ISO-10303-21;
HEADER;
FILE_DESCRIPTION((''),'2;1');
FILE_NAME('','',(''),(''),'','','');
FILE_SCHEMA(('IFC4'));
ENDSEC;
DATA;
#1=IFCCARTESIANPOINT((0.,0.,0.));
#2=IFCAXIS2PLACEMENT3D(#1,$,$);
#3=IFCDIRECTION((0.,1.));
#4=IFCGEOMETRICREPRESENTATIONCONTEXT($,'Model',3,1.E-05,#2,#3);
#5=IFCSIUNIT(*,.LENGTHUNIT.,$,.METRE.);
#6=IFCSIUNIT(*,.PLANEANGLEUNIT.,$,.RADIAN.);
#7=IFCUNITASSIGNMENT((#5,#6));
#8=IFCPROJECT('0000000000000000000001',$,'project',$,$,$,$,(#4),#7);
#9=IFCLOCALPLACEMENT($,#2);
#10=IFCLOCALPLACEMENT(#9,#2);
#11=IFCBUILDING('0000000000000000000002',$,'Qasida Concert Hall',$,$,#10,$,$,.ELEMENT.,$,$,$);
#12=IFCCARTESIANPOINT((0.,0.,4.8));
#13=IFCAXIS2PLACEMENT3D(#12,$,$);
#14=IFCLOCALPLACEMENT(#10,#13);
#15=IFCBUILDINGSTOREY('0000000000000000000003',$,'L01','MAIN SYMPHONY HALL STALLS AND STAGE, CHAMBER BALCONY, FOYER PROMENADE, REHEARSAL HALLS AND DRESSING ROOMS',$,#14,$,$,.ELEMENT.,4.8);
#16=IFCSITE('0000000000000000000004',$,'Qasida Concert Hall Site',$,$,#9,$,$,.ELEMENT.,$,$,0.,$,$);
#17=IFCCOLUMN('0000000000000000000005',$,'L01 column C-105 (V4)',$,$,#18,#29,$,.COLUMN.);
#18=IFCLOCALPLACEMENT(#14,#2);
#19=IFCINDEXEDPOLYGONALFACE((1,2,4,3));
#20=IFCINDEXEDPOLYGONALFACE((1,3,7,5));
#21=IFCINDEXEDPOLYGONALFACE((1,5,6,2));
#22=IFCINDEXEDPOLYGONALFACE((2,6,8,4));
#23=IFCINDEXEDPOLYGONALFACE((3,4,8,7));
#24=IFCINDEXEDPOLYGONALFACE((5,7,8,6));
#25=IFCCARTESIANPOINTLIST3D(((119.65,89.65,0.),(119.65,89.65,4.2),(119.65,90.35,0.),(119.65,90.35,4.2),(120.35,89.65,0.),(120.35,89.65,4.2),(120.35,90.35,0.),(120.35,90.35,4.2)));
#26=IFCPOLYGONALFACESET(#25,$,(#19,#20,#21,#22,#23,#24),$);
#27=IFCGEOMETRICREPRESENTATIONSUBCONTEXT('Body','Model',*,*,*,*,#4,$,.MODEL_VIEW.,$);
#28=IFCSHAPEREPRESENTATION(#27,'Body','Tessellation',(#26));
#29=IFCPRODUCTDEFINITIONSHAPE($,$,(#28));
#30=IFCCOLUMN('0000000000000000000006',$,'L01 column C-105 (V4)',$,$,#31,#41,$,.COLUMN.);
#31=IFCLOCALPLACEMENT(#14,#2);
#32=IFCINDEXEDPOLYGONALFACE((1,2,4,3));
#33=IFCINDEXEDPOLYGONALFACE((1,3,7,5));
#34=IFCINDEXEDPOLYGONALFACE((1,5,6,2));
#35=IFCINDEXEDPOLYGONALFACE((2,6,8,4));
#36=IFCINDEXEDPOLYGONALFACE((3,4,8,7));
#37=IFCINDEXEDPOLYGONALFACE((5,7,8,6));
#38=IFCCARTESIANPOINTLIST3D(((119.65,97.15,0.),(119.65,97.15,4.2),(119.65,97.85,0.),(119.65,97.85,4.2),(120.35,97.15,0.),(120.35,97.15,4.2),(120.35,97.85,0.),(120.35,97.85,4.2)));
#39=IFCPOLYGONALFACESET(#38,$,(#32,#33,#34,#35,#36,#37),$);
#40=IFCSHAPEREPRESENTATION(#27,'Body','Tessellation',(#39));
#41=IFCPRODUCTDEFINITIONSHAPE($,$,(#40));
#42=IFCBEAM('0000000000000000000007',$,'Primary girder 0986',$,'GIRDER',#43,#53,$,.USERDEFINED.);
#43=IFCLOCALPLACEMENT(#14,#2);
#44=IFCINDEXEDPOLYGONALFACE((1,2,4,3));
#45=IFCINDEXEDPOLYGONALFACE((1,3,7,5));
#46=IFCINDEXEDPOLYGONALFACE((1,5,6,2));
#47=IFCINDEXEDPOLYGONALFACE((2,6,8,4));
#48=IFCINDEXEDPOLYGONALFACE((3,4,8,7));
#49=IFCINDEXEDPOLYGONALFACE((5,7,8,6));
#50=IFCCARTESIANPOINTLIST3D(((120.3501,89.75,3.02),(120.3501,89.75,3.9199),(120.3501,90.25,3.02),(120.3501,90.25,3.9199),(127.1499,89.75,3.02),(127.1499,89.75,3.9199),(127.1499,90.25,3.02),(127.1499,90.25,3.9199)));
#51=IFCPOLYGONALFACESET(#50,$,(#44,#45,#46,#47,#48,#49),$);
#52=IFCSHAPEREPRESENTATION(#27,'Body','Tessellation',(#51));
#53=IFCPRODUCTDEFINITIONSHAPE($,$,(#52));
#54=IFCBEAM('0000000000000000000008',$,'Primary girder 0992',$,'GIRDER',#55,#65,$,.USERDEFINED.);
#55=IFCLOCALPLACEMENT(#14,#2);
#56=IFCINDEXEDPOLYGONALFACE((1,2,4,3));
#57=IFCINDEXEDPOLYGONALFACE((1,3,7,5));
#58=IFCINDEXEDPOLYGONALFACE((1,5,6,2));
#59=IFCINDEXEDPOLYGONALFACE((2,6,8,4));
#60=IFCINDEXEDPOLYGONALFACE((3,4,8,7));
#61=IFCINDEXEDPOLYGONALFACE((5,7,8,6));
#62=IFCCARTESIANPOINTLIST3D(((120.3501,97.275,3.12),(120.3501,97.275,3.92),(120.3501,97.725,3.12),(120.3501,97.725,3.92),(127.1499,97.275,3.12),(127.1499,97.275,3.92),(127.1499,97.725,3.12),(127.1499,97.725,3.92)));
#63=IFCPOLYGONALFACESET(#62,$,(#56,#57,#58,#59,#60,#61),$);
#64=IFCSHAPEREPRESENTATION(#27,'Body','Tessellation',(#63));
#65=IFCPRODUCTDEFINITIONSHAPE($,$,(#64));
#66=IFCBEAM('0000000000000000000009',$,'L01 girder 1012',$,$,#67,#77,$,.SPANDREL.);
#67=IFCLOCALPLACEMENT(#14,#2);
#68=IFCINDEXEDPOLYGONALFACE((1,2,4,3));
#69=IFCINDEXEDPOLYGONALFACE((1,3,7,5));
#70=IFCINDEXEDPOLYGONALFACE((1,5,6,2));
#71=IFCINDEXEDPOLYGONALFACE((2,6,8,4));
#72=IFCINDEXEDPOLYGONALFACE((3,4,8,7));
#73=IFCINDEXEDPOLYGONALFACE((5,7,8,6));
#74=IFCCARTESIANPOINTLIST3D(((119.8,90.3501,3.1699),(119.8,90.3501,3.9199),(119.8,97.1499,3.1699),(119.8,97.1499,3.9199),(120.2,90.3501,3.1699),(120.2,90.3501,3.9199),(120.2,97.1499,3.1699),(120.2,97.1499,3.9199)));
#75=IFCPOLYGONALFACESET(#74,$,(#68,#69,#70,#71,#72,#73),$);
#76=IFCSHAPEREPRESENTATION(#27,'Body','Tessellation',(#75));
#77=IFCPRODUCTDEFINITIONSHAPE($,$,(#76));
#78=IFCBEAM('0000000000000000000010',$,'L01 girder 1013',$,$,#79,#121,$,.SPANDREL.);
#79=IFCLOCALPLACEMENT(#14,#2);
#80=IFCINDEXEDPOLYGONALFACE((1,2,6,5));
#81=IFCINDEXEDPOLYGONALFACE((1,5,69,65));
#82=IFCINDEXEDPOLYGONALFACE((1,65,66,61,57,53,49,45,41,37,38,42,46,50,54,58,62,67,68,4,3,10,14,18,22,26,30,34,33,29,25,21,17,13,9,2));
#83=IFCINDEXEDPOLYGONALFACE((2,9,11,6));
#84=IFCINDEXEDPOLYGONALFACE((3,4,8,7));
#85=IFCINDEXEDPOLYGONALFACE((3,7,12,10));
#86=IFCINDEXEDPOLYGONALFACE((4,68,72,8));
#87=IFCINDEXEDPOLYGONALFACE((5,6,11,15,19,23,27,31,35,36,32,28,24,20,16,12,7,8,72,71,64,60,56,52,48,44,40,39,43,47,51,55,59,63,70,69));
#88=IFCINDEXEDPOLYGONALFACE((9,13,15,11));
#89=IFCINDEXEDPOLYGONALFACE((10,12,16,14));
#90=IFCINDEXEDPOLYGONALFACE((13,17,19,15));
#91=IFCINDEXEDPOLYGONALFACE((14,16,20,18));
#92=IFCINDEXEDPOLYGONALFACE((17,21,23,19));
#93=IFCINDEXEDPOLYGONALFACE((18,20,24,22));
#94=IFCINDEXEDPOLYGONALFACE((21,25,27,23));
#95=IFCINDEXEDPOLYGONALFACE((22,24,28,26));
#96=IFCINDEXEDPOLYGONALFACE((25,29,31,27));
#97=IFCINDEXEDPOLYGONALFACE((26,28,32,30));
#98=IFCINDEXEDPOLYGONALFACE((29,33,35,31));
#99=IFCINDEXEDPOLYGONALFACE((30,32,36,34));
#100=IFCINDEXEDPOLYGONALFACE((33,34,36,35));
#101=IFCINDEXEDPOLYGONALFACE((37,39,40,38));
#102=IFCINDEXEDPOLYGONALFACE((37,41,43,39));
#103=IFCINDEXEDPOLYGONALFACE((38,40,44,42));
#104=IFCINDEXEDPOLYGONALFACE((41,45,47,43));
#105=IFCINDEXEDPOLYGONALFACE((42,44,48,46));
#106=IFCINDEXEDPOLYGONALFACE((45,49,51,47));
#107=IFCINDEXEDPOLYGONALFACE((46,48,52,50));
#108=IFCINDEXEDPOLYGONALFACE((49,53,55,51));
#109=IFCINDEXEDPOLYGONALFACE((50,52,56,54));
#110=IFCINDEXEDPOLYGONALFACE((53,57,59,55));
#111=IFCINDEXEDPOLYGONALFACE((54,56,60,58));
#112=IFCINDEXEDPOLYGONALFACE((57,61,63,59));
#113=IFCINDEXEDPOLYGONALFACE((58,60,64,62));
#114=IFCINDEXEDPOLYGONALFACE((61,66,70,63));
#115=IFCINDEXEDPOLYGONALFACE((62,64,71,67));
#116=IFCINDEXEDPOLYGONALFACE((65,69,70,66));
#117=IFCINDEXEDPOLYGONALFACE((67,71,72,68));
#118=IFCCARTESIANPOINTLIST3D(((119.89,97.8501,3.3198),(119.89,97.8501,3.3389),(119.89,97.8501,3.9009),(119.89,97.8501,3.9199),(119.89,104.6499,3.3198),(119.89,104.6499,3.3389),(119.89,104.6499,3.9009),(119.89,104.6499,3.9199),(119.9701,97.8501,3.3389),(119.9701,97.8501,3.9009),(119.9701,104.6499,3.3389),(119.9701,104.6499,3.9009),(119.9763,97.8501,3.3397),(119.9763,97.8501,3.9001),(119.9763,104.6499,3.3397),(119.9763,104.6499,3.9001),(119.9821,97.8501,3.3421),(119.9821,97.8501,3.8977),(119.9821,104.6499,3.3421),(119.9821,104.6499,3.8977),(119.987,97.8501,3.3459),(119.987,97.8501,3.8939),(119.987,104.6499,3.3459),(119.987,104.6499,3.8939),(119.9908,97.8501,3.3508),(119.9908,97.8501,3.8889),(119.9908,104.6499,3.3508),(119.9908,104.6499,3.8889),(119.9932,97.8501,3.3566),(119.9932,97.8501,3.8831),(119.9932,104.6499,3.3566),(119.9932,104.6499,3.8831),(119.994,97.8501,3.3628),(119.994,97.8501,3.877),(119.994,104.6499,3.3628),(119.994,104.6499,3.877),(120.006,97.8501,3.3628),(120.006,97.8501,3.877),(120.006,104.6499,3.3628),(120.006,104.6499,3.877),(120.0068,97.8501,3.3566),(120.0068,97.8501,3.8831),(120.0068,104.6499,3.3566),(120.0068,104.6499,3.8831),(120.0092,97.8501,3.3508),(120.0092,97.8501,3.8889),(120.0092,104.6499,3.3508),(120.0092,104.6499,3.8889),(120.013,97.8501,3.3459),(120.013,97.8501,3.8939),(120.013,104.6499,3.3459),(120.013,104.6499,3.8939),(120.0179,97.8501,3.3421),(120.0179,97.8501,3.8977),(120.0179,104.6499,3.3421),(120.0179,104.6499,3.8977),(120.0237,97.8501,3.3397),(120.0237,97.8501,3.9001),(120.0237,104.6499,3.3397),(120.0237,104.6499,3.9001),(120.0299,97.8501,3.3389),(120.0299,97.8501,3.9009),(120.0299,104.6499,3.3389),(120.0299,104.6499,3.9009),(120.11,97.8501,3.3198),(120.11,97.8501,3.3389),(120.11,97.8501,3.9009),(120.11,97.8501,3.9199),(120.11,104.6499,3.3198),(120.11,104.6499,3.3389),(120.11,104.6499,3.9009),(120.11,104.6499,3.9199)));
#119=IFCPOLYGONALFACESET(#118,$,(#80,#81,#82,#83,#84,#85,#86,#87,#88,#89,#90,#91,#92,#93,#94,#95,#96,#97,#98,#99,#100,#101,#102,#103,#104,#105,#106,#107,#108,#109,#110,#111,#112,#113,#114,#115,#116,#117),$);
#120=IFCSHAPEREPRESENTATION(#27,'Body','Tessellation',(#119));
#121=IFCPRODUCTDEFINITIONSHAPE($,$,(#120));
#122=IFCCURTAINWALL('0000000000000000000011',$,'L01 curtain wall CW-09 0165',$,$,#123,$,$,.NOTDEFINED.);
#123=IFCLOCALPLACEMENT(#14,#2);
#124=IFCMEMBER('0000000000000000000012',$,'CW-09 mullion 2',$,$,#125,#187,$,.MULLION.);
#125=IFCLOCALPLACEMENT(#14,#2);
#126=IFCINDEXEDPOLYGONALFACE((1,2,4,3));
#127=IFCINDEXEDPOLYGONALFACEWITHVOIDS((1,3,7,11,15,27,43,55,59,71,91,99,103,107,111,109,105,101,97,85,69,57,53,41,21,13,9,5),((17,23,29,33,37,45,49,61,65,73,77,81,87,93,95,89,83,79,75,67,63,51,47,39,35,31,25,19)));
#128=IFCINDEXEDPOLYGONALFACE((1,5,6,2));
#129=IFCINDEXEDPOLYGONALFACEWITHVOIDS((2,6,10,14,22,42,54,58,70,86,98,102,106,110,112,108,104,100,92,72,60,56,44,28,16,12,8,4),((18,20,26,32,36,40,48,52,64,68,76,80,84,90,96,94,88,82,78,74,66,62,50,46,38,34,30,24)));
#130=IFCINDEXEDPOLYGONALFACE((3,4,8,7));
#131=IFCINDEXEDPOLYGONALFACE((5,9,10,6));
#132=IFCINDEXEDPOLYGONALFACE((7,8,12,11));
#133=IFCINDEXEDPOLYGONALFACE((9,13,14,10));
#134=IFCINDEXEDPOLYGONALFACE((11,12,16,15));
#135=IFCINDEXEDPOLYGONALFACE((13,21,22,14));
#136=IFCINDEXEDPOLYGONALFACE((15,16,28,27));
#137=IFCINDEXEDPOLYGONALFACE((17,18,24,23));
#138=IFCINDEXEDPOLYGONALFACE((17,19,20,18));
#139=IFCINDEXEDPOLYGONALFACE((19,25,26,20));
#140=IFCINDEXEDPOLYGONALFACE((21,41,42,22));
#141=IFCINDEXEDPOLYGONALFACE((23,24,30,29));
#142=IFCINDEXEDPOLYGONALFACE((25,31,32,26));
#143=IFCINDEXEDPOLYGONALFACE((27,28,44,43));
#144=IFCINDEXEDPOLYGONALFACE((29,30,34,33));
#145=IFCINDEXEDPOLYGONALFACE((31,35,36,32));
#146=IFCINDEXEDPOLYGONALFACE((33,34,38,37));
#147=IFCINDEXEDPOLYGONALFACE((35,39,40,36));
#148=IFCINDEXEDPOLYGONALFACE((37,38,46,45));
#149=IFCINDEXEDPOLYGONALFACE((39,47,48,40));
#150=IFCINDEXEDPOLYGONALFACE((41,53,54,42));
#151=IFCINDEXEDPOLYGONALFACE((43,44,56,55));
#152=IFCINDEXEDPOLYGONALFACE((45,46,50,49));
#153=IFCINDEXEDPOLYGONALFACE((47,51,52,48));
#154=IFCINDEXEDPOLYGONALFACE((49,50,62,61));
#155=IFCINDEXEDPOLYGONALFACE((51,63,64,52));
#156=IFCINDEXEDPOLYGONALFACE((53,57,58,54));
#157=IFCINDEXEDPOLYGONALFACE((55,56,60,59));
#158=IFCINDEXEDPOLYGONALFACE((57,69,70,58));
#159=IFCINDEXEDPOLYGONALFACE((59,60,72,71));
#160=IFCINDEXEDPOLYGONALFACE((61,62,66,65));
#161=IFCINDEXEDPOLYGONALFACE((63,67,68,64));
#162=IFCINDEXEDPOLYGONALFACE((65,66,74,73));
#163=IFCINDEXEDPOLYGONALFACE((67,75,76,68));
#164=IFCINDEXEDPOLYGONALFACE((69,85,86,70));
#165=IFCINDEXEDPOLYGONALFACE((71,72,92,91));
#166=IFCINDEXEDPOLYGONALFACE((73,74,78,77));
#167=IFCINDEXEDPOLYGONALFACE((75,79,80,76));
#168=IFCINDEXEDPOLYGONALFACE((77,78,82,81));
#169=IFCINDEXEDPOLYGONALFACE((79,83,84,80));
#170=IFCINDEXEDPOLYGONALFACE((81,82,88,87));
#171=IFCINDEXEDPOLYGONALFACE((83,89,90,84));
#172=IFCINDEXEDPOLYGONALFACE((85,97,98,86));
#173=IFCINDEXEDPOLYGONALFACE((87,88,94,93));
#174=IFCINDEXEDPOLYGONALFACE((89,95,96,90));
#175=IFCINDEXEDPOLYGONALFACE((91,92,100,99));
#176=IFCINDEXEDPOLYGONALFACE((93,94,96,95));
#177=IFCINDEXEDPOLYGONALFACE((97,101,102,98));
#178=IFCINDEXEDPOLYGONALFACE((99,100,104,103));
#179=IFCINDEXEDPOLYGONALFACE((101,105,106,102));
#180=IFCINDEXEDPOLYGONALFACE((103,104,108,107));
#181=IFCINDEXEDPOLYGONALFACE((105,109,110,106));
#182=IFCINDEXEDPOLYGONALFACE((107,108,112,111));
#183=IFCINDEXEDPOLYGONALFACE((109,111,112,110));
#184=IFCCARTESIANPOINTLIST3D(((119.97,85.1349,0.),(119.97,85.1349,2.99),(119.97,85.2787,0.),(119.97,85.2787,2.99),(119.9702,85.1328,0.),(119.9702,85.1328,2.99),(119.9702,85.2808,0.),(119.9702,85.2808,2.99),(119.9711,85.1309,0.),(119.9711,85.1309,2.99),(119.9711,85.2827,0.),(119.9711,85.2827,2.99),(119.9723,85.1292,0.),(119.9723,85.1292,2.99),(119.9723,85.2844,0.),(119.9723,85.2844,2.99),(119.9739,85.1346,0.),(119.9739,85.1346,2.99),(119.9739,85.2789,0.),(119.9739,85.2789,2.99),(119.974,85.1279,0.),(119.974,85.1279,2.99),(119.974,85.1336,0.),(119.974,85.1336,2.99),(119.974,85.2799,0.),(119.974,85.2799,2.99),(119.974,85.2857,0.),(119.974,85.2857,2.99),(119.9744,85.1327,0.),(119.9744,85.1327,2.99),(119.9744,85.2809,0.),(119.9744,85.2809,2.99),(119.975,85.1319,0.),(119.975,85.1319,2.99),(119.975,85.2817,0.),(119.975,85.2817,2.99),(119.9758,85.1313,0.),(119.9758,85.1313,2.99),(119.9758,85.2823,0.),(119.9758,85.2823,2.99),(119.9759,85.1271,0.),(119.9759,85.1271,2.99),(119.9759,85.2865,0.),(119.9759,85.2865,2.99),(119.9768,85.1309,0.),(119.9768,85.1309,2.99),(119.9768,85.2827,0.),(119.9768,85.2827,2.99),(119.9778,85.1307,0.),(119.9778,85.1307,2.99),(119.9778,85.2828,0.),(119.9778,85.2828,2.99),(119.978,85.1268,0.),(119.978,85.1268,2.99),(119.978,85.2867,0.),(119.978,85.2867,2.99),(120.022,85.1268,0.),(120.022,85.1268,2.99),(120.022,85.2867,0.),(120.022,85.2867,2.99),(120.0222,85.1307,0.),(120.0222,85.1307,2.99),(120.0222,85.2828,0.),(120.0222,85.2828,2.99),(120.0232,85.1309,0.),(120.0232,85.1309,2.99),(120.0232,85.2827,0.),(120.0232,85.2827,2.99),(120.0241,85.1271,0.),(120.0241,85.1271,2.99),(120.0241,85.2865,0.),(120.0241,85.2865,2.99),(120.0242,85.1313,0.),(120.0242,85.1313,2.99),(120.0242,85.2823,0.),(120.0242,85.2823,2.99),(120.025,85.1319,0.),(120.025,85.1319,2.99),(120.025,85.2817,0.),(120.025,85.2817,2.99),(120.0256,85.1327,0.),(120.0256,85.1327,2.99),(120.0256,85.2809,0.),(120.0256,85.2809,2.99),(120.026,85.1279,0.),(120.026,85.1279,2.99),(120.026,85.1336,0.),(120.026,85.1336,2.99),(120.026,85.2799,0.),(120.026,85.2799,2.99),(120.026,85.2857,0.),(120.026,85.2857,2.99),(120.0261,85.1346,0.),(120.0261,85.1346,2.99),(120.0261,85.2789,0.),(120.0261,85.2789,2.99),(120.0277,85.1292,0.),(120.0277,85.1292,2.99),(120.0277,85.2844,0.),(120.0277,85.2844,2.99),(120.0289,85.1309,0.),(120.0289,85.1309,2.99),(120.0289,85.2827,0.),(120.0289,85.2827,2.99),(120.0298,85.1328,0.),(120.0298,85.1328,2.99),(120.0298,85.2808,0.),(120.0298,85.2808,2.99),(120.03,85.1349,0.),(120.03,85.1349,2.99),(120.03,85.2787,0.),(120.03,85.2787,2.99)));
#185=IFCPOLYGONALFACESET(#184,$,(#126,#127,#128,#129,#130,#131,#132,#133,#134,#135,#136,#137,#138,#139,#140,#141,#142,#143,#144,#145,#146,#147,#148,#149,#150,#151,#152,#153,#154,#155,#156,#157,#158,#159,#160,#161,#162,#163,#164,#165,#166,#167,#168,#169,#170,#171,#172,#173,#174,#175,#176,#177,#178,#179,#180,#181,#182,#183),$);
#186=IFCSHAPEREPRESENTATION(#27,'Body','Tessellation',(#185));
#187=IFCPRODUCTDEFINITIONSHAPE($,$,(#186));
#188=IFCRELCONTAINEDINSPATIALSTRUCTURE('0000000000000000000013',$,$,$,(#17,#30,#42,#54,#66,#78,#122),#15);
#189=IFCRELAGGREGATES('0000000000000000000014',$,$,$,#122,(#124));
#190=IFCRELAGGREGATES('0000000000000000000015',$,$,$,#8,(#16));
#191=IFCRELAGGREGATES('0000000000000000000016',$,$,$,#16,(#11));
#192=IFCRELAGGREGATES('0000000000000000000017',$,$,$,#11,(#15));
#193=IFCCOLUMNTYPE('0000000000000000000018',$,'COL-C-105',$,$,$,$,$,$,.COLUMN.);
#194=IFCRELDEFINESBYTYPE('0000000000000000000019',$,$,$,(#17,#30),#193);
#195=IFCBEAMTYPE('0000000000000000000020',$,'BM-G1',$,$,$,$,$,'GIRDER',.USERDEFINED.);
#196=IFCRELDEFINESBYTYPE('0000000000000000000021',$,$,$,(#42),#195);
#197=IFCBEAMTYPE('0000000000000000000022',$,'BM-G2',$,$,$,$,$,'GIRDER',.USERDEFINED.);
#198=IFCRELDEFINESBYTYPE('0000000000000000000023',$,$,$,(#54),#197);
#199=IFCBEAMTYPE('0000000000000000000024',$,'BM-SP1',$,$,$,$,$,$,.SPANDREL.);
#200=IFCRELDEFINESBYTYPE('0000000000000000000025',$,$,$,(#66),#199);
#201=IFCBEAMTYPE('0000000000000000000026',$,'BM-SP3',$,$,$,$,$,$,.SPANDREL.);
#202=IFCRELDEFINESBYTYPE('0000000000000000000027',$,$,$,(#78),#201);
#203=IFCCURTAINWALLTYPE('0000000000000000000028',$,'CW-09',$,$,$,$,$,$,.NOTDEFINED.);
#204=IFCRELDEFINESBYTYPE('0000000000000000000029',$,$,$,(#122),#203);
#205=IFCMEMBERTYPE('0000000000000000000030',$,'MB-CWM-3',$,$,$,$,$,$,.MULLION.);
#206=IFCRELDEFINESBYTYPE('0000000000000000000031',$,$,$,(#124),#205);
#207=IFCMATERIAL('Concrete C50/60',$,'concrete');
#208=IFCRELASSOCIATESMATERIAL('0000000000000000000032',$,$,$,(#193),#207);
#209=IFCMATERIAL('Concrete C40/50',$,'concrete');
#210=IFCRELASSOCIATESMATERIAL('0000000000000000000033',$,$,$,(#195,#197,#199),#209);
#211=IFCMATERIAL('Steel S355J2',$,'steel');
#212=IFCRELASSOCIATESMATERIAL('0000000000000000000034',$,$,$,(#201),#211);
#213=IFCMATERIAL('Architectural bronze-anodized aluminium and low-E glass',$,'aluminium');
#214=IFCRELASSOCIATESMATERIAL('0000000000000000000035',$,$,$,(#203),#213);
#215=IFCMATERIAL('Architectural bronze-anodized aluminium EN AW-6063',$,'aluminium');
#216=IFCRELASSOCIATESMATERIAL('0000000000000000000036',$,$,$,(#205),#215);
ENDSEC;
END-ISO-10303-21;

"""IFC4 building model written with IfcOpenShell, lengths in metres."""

from ifc_helpers import new_model, si_unit, direction, frame, origin, origin_2d, place, context, subcontext, project, spatial, rectangle, hollow_rectangle, i_section, extrude, material, material_profile, profile_set, type_object, element, aggregate, save


model = new_model("IFC4")

# Units and contexts
model_context = context("Model", 3, precision=1e-05, world=origin(), true_north=direction((0.0, 1.0)))
body_context = subcontext(model_context, "Body", "Model", "MODEL_VIEW")
ifc_project = project(units=[si_unit("LENGTHUNIT", "METRE"), si_unit("PLANEANGLEUNIT", "RADIAN")], contexts=[model_context])

# Site, building, storey
site_placement = place(None, origin())
site = spatial("IfcSite", under=ifc_project, at=site_placement, Name="Qasida Concert Hall Site", CompositionType="ELEMENT", RefElevation=0.0)
building_placement = place(site_placement, origin())
building = spatial("IfcBuilding", under=site, at=building_placement, Name="Qasida Concert Hall", CompositionType="ELEMENT")
storey_placement = place(building_placement, frame((0.0, 0.0, 4.8)))
storey = spatial("IfcBuildingStorey", under=building, at=storey_placement, Name="L01", Description="MAIN SYMPHONY HALL STALLS AND STAGE, CHAMBER BALCONY, FOYER PROMENADE, REHEARSAL HALLS AND DRESSING ROOMS", CompositionType="ELEMENT", Elevation=4.8)

# Columns
ifc_material_1 = material(Name="Concrete C50/60", Category="concrete")
ifc_material_profile_1 = material_profile(ifc_material_1, rectangle(XDim=0.7, YDim=0.7, at=origin_2d()), Name="RC 700x700")
ifc_profile_set_1 = profile_set([ifc_material_profile_1], Name="Concrete C50/60")
column_type = type_object("IfcColumnType", Name="COL-C-105", PredefinedType="COLUMN", material=ifc_profile_set_1)
for number, where, z_axis, x_axis, name in (
    (1, (120.0, 90.0, 0.0), (0.0, 0.0, 1.0), (1.0, 0.0, 0.0), "L01 column C-105 (V4)"),
    (2, (120.0, 97.5, 0.0), (0.0, 0.0, 1.0), (1.0, 0.0, 0.0), "L01 column C-105 (V4)"),
):
    element("IfcColumn", number, at=place(storey_placement, frame(where, z_axis=z_axis, x_axis=x_axis)), inside=storey, type_object=column_type, Name=name, PredefinedType="COLUMN", context=body_context, shape_type="SweptSolid", body=[
        extrude(rectangle(XDim=0.7, YDim=0.7, at=origin_2d()), origin(), (0.0, 0.0, 1.0), 4.2),
    ])

# Beams
ifc_material_2 = material(Name="Concrete C40/50", Category="concrete")
ifc_material_profile_2 = material_profile(ifc_material_2, rectangle(XDim=0.5, YDim=0.8999, at=origin_2d()), Name="RC 500x900")
ifc_profile_set_2 = profile_set([ifc_material_profile_2], Name="Concrete C40/50")
beam_type_1 = type_object("IfcBeamType", Name="BM-G1", ElementType="GIRDER", PredefinedType="USERDEFINED", material=ifc_profile_set_2)
beam_1_placement = place(storey_placement, frame((120.3501, 90.0, 3.47), z_axis=(1.0, 0.0, 0.0), x_axis=(0.0, 1.0, 0.0)))
element("IfcBeam", 3, at=beam_1_placement, inside=storey, type_object=beam_type_1, Name="Primary girder 0986", ObjectType="GIRDER", PredefinedType="USERDEFINED", context=body_context, shape_type="SweptSolid", body=[
    extrude(rectangle(XDim=0.5, YDim=0.8999, at=origin_2d()), origin(), (0.0, 0.0, 1.0), 6.7998),
])
ifc_material_profile_3 = material_profile(ifc_material_2, rectangle(XDim=0.45, YDim=0.8, at=origin_2d()), Name="RC 450x800")
ifc_profile_set_3 = profile_set([ifc_material_profile_3], Name="Concrete C40/50")
beam_type_2 = type_object("IfcBeamType", Name="BM-G2", ElementType="GIRDER", PredefinedType="USERDEFINED", material=ifc_profile_set_3)
beam_2_placement = place(storey_placement, frame((120.3501, 97.5, 3.52), z_axis=(1.0, 0.0, 0.0), x_axis=(0.0, 1.0, 0.0)))
element("IfcBeam", 4, at=beam_2_placement, inside=storey, type_object=beam_type_2, Name="Primary girder 0992", ObjectType="GIRDER", PredefinedType="USERDEFINED", context=body_context, shape_type="SweptSolid", body=[
    extrude(rectangle(XDim=0.45, YDim=0.8, at=origin_2d()), origin(), (0.0, 0.0, 1.0), 6.7998),
])
ifc_material_profile_4 = material_profile(ifc_material_2, rectangle(XDim=0.3999, YDim=0.75, at=origin_2d()), Name="RC 400x750")
ifc_profile_set_4 = profile_set([ifc_material_profile_4], Name="Concrete C40/50")
beam_type_3 = type_object("IfcBeamType", Name="BM-SP1", PredefinedType="SPANDREL", material=ifc_profile_set_4)
beam_3_placement = place(storey_placement, frame((120.0, 90.3501, 3.5449), z_axis=(0.0, 1.0, 0.0), x_axis=(-1.0, 0.0, 0.0)))
element("IfcBeam", 5, at=beam_3_placement, inside=storey, type_object=beam_type_3, Name="L01 girder 1012", PredefinedType="SPANDREL", context=body_context, shape_type="SweptSolid", body=[
    extrude(rectangle(XDim=0.3999, YDim=0.75, at=origin_2d()), origin(), (0.0, 0.0, 1.0), 6.7998),
])
ifc_material_3 = material(Name="Steel S355J2", Category="steel")
ifc_material_profile_5 = material_profile(ifc_material_3, i_section(OverallWidth=0.22, OverallDepth=0.6001, WebThickness=0.012, FlangeThickness=0.019, FilletRadius=0.0239, at=origin_2d()), Name="IPE 600")
ifc_profile_set_5 = profile_set([ifc_material_profile_5], Name="Steel S355J2")
beam_type_4 = type_object("IfcBeamType", Name="BM-SP3", PredefinedType="SPANDREL", material=ifc_profile_set_5)
beam_4_placement = place(storey_placement, frame((120.0, 97.8501, 3.6199), z_axis=(0.0, 1.0, 0.0), x_axis=(-1.0, 0.0, 0.0)))
element("IfcBeam", 6, at=beam_4_placement, inside=storey, type_object=beam_type_4, Name="L01 girder 1013", PredefinedType="SPANDREL", context=body_context, shape_type="SweptSolid", body=[
    extrude(i_section(OverallWidth=0.22, OverallDepth=0.6001, WebThickness=0.012, FlangeThickness=0.019, FilletRadius=0.0239, at=origin_2d()), origin(), (0.0, 0.0, 1.0), 6.7998),
])

# Curtain wall, member
ifc_material_4 = material(Name="Architectural bronze-anodized aluminium and low-E glass", Category="aluminium")
curtain_wall_type = type_object("IfcCurtainWallType", Name="CW-09", PredefinedType="NOTDEFINED", material=ifc_material_4)
curtain_wall_1_placement = place(storey_placement, origin())
curtain_wall_1 = element("IfcCurtainWall", 7, at=curtain_wall_1_placement, inside=storey, type_object=curtain_wall_type, Name="L01 curtain wall CW-09 0165", PredefinedType="NOTDEFINED")
ifc_material_5 = material(Name="Architectural bronze-anodized aluminium EN AW-6063", Category="aluminium")
ifc_material_profile_6 = material_profile(ifc_material_5, hollow_rectangle(XDim=0.0601, YDim=0.1599, WallThickness=0.0039, InnerFilletRadius=0.0039, OuterFilletRadius=0.0081, at=origin_2d()), Name="CWM 160x60x4")
ifc_profile_set_6 = profile_set([ifc_material_profile_6], Name="Architectural bronze-anodized aluminium EN AW-6063")
member_type_1 = type_object("IfcMemberType", Name="MB-CWM-3", PredefinedType="MULLION", material=ifc_profile_set_6)
member_1_placement = place(storey_placement, frame((120.0, 85.2068, 0.0), z_axis=(0.0, 0.0, 1.0), x_axis=(-1.0, 0.0, 0.0)))
member_1 = element("IfcMember", 8, at=member_1_placement, type_object=member_type_1, Name="CW-09 mullion 2", PredefinedType="MULLION", context=body_context, shape_type="SweptSolid", body=[
    extrude(hollow_rectangle(XDim=0.0601, YDim=0.1599, WallThickness=0.0039, InnerFilletRadius=0.0039, OuterFilletRadius=0.0081, at=origin_2d()), origin(), (0.0, 0.0, 1.0), 2.99),
])

aggregate(curtain_wall_1, [member_1])

save(model, "model.ifc")
